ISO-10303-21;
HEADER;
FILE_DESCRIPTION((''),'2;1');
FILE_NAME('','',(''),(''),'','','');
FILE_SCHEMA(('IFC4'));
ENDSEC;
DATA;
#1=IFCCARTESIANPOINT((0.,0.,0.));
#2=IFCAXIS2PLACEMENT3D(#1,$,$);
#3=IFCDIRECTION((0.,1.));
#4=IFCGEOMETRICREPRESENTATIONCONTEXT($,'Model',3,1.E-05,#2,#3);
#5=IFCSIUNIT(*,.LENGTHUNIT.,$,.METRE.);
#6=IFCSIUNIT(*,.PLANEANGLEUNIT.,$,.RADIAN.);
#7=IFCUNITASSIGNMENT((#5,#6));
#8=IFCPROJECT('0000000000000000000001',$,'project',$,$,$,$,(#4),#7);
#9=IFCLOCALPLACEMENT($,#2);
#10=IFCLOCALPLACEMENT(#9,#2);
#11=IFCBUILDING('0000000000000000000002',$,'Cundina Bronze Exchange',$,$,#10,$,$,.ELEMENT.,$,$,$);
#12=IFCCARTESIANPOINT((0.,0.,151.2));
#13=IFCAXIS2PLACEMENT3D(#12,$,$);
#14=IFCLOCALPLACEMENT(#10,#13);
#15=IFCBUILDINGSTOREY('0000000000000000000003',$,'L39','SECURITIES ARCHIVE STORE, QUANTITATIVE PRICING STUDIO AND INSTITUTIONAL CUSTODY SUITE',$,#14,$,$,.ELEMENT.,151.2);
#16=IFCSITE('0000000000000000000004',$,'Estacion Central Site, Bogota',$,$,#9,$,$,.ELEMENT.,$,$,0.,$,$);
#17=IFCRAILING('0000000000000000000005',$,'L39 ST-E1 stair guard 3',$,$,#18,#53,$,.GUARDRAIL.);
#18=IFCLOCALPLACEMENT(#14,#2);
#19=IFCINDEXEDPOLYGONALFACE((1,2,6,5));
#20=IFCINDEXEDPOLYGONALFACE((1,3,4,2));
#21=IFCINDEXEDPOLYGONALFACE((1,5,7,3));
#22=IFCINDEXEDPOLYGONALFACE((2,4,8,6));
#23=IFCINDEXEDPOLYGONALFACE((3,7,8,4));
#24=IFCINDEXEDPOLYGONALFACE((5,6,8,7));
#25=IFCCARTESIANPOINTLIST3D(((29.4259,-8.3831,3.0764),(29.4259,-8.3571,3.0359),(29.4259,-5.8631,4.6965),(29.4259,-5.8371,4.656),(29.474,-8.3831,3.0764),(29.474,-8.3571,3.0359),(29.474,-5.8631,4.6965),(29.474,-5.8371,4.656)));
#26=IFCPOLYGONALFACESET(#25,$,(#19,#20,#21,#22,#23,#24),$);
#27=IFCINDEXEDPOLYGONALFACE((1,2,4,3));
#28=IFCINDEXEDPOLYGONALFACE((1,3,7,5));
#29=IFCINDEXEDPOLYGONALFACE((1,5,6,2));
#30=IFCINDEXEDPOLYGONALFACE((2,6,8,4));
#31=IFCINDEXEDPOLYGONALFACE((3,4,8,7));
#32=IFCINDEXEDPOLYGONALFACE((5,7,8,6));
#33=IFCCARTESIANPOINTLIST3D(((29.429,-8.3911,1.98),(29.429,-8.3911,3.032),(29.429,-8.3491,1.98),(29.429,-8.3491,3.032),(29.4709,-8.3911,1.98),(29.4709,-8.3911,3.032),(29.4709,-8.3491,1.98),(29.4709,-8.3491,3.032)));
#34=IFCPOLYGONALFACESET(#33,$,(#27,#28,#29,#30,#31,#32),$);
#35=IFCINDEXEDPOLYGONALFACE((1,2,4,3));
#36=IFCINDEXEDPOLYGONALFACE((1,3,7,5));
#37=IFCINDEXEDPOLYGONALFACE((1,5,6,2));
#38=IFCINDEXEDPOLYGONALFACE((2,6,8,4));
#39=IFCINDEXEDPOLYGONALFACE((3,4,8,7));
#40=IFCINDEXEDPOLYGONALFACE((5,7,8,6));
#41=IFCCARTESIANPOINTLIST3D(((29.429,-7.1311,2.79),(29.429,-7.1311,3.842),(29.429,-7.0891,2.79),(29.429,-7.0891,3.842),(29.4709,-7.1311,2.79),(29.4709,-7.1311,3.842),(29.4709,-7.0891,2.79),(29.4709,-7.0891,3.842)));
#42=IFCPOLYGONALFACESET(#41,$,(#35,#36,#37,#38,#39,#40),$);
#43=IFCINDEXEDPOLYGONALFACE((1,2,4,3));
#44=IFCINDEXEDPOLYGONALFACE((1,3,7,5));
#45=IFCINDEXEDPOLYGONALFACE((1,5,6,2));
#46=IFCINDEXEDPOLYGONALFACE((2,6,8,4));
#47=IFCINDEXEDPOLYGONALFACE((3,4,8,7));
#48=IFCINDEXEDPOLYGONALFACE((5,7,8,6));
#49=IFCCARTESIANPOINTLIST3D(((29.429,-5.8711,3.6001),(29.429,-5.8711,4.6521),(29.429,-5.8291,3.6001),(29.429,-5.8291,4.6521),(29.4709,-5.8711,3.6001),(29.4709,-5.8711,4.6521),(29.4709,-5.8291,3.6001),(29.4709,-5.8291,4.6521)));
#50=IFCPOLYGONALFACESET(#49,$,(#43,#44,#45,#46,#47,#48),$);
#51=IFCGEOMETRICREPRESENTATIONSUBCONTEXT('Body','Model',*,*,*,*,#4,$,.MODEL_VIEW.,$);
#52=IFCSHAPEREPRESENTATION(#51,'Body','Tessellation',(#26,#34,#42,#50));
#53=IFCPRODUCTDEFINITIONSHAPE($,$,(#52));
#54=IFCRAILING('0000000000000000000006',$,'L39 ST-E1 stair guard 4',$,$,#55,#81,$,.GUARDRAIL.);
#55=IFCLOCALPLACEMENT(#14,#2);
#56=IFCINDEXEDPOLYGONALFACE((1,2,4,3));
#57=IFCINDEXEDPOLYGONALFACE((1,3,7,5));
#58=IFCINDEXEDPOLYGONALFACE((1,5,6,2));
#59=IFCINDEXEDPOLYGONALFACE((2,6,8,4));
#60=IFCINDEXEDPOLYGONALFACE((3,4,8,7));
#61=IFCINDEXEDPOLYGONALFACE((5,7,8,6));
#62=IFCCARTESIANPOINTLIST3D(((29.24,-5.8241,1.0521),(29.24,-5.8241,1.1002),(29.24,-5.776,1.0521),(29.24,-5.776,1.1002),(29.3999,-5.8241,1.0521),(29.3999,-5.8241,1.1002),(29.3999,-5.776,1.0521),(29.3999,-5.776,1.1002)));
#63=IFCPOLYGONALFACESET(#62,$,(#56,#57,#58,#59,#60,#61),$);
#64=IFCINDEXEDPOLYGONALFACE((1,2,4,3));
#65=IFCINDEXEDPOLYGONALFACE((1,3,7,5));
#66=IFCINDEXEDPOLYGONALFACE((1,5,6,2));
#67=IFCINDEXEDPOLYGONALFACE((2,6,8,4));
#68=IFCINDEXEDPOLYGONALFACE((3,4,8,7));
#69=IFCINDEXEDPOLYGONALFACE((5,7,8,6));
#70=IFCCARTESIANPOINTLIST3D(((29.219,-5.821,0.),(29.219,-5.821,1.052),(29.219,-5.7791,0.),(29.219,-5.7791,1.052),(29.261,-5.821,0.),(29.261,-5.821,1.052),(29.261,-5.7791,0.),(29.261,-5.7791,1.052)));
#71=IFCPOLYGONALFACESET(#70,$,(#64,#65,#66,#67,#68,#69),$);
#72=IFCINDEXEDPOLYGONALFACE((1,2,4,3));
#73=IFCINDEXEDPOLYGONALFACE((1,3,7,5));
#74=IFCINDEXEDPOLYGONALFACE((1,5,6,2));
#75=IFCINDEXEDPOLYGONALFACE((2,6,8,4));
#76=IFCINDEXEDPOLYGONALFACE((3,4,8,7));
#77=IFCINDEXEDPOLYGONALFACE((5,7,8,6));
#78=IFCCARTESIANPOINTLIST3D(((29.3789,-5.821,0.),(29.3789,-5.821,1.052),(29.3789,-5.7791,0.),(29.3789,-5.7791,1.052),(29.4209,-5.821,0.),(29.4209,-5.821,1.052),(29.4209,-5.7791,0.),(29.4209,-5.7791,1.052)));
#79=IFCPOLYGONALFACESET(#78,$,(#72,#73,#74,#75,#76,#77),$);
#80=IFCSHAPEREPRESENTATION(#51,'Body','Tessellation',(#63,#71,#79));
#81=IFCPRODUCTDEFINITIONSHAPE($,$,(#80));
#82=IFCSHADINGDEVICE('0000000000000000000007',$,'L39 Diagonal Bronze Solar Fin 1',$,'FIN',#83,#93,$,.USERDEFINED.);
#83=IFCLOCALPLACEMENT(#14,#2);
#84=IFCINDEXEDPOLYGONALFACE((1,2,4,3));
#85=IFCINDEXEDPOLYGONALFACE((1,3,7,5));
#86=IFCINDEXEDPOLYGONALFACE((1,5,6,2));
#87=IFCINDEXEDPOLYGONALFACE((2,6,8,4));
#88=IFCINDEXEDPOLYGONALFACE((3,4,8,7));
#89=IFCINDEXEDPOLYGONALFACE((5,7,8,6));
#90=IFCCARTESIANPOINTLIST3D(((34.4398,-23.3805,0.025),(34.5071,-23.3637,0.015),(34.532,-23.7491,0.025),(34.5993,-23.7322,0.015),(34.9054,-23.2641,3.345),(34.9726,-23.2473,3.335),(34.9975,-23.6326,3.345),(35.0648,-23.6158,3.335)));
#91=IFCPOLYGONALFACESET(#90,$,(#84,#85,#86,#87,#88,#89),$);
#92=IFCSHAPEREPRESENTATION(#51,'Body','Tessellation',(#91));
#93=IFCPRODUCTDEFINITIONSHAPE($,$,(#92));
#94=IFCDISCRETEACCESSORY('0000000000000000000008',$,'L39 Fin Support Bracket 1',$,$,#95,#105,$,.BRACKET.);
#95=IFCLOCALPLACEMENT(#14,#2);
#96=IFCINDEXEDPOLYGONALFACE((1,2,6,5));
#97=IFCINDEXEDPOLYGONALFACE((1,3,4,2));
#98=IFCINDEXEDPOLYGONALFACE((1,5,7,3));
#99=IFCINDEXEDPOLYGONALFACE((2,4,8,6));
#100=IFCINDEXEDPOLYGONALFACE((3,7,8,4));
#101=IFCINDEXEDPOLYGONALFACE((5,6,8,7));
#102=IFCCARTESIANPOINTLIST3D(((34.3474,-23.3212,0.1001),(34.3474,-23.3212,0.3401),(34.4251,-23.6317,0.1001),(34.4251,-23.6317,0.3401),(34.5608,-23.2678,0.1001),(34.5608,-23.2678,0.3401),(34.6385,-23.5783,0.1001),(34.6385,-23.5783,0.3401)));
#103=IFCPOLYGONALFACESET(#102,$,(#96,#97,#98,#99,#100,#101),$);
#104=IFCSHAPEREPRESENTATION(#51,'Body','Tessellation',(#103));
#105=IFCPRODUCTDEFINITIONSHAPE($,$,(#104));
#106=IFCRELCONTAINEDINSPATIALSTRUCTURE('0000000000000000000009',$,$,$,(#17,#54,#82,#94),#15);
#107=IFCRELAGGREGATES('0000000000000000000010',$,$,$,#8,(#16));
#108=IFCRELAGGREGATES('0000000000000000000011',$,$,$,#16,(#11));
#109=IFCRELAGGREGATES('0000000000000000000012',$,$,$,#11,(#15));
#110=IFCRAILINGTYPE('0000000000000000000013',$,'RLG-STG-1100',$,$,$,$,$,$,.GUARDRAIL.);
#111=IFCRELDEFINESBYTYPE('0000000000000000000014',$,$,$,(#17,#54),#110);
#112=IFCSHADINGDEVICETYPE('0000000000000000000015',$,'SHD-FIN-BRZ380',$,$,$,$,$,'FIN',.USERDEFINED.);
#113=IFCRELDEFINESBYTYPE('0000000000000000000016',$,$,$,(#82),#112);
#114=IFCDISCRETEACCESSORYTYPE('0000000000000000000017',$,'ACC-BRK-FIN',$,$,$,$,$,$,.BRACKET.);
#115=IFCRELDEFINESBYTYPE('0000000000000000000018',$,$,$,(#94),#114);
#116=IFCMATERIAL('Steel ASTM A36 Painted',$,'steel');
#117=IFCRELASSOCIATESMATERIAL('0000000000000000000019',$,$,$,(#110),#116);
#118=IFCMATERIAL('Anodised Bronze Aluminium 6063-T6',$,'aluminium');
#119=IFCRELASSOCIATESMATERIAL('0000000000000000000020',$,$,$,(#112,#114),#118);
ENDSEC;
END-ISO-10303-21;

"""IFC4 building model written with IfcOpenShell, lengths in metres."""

from ifc_helpers import new_model, si_unit, direction, frame, origin, origin_2d, place, context, subcontext, project, spatial, rectangle, extrude, material, material_profile, profile_set, type_object, element, save


model = new_model("IFC4")

# Units and contexts
model_context = context("Model", 3, precision=1e-05, world=origin(), true_north=direction((0.0, 1.0)))
body_context = subcontext(model_context, "Body", "Model", "MODEL_VIEW")
ifc_project = project(units=[si_unit("LENGTHUNIT", "METRE"), si_unit("PLANEANGLEUNIT", "RADIAN")], contexts=[model_context])

# Site, building, storey
site_placement = place(None, origin())
site = spatial("IfcSite", under=ifc_project, at=site_placement, Name="Estacion Central Site, Bogota", CompositionType="ELEMENT", RefElevation=0.0)
building_placement = place(site_placement, origin())
building = spatial("IfcBuilding", under=site, at=building_placement, Name="Cundina Bronze Exchange", CompositionType="ELEMENT")
storey_placement = place(building_placement, frame((0.0, 0.0, 151.2)))
storey = spatial("IfcBuildingStorey", under=building, at=storey_placement, Name="L39", Description="SECURITIES ARCHIVE STORE, QUANTITATIVE PRICING STUDIO AND INSTITUTIONAL CUSTODY SUITE", CompositionType="ELEMENT", Elevation=151.2)

# Shared definitions
ifc_material_1 = material(Name="Anodised Bronze Aluminium 6063-T6", Category="aluminium")

# Railings
ifc_material_2 = material(Name="Steel ASTM A36 Painted", Category="steel")
railing_type_1 = type_object("IfcRailingType", Name="RLG-STG-1100", PredefinedType="GUARDRAIL", material=ifc_material_2)
railing_1_placement = place(storey_placement, frame((29.45, -8.3701, 1.98)))
element("IfcRailing", 1, at=railing_1_placement, inside=storey, type_object=railing_type_1, Name="L39 ST-E1 stair guard 3", PredefinedType="GUARDRAIL", context=body_context, shape_type="SweptSolid", body=[
    extrude(rectangle(XDim=0.0481, YDim=0.0481, at=origin_2d()), frame((0.0, 0.0, 1.0762), z_axis=(0.0, 0.841163, 0.540782), x_axis=(-1.0, 0.0, 0.0)), (0.0, 0.0, 1.0), 2.9958),
    extrude(rectangle(XDim=0.042, YDim=0.042, at=origin_2d()), origin(), (0.0, 0.0, 1.0), 1.052),
    extrude(rectangle(XDim=0.042, YDim=0.042, at=origin_2d()), frame((0.0, 1.26, 0.8101)), (0.0, 0.0, 1.0), 1.052),
    extrude(rectangle(XDim=0.042, YDim=0.042, at=origin_2d()), frame((0.0, 2.52, 1.6201)), (0.0, 0.0, 1.0), 1.052),
])
railing_2_placement = place(storey_placement, frame((29.24, -5.8, 0.0)))
element("IfcRailing", 2, at=railing_2_placement, inside=storey, type_object=railing_type_1, Name="L39 ST-E1 stair guard 4", PredefinedType="GUARDRAIL", context=body_context, shape_type="SweptSolid", body=[
    extrude(rectangle(XDim=0.0481, YDim=0.0481, at=origin_2d()), frame((0.0, 0.0, 1.0762), z_axis=(1.0, 0.0, 0.0), x_axis=(0.0, 1.0, 0.0)), (0.0, 0.0, 1.0), 0.1599),
    extrude(rectangle(XDim=0.042, YDim=0.042, at=origin_2d()), origin(), (0.0, 0.0, 1.0), 1.052),
    extrude(rectangle(XDim=0.042, YDim=0.042, at=origin_2d()), frame((0.1599, 0.0, 0.0)), (0.0, 0.0, 1.0), 1.052),
])

# Shading device
ifc_material_profile_1 = material_profile(ifc_material_1, rectangle(XDim=0.0701, YDim=0.3799, at=origin_2d()), Name="FIN70X380", Category="aluminium")
ifc_profile_set_1 = profile_set([ifc_material_profile_1], Name="Anodised Bronze Aluminium 6063-T6")
shading_device_type = type_object("IfcShadingDeviceType", Name="SHD-FIN-BRZ380", ElementType="FIN", PredefinedType="USERDEFINED", material=ifc_profile_set_1)
shading_device_placement = place(storey_placement, frame((34.5195, -23.5564, 0.02), z_axis=(0.138788, 0.034715, 0.989713), x_axis=(-0.960133, -0.240159, 0.143064)))
element("IfcShadingDevice", 3, at=shading_device_placement, inside=storey, type_object=shading_device_type, Name="L39 Diagonal Bronze Solar Fin 1", ObjectType="FIN", PredefinedType="USERDEFINED", context=body_context, shape_type="SweptSolid", body=[
    extrude(rectangle(XDim=0.0701, YDim=0.3799, at=origin_2d()), origin(), (0.0, 0.0, 1.0), 3.3545),
])

# Discrete accessory
discrete_accessory_type = type_object("IfcDiscreteAccessoryType", Name="ACC-BRK-FIN", PredefinedType="BRACKET", material=ifc_material_1)
discrete_accessory_placement = place(storey_placement, frame((34.4929, -23.4497, 0.1001), z_axis=(0.0, 0.0, 1.0), x_axis=(0.970093, 0.242735, 0.0)))
element("IfcDiscreteAccessory", 4, at=discrete_accessory_placement, inside=storey, type_object=discrete_accessory_type, Name="L39 Fin Support Bracket 1", PredefinedType="BRACKET", context=body_context, shape_type="SweptSolid", body=[
    extrude(rectangle(XDim=0.22, YDim=0.3201, at=origin_2d()), origin(), (0.0, 0.0, 1.0), 0.24),
])

save(model, "model.ifc")
